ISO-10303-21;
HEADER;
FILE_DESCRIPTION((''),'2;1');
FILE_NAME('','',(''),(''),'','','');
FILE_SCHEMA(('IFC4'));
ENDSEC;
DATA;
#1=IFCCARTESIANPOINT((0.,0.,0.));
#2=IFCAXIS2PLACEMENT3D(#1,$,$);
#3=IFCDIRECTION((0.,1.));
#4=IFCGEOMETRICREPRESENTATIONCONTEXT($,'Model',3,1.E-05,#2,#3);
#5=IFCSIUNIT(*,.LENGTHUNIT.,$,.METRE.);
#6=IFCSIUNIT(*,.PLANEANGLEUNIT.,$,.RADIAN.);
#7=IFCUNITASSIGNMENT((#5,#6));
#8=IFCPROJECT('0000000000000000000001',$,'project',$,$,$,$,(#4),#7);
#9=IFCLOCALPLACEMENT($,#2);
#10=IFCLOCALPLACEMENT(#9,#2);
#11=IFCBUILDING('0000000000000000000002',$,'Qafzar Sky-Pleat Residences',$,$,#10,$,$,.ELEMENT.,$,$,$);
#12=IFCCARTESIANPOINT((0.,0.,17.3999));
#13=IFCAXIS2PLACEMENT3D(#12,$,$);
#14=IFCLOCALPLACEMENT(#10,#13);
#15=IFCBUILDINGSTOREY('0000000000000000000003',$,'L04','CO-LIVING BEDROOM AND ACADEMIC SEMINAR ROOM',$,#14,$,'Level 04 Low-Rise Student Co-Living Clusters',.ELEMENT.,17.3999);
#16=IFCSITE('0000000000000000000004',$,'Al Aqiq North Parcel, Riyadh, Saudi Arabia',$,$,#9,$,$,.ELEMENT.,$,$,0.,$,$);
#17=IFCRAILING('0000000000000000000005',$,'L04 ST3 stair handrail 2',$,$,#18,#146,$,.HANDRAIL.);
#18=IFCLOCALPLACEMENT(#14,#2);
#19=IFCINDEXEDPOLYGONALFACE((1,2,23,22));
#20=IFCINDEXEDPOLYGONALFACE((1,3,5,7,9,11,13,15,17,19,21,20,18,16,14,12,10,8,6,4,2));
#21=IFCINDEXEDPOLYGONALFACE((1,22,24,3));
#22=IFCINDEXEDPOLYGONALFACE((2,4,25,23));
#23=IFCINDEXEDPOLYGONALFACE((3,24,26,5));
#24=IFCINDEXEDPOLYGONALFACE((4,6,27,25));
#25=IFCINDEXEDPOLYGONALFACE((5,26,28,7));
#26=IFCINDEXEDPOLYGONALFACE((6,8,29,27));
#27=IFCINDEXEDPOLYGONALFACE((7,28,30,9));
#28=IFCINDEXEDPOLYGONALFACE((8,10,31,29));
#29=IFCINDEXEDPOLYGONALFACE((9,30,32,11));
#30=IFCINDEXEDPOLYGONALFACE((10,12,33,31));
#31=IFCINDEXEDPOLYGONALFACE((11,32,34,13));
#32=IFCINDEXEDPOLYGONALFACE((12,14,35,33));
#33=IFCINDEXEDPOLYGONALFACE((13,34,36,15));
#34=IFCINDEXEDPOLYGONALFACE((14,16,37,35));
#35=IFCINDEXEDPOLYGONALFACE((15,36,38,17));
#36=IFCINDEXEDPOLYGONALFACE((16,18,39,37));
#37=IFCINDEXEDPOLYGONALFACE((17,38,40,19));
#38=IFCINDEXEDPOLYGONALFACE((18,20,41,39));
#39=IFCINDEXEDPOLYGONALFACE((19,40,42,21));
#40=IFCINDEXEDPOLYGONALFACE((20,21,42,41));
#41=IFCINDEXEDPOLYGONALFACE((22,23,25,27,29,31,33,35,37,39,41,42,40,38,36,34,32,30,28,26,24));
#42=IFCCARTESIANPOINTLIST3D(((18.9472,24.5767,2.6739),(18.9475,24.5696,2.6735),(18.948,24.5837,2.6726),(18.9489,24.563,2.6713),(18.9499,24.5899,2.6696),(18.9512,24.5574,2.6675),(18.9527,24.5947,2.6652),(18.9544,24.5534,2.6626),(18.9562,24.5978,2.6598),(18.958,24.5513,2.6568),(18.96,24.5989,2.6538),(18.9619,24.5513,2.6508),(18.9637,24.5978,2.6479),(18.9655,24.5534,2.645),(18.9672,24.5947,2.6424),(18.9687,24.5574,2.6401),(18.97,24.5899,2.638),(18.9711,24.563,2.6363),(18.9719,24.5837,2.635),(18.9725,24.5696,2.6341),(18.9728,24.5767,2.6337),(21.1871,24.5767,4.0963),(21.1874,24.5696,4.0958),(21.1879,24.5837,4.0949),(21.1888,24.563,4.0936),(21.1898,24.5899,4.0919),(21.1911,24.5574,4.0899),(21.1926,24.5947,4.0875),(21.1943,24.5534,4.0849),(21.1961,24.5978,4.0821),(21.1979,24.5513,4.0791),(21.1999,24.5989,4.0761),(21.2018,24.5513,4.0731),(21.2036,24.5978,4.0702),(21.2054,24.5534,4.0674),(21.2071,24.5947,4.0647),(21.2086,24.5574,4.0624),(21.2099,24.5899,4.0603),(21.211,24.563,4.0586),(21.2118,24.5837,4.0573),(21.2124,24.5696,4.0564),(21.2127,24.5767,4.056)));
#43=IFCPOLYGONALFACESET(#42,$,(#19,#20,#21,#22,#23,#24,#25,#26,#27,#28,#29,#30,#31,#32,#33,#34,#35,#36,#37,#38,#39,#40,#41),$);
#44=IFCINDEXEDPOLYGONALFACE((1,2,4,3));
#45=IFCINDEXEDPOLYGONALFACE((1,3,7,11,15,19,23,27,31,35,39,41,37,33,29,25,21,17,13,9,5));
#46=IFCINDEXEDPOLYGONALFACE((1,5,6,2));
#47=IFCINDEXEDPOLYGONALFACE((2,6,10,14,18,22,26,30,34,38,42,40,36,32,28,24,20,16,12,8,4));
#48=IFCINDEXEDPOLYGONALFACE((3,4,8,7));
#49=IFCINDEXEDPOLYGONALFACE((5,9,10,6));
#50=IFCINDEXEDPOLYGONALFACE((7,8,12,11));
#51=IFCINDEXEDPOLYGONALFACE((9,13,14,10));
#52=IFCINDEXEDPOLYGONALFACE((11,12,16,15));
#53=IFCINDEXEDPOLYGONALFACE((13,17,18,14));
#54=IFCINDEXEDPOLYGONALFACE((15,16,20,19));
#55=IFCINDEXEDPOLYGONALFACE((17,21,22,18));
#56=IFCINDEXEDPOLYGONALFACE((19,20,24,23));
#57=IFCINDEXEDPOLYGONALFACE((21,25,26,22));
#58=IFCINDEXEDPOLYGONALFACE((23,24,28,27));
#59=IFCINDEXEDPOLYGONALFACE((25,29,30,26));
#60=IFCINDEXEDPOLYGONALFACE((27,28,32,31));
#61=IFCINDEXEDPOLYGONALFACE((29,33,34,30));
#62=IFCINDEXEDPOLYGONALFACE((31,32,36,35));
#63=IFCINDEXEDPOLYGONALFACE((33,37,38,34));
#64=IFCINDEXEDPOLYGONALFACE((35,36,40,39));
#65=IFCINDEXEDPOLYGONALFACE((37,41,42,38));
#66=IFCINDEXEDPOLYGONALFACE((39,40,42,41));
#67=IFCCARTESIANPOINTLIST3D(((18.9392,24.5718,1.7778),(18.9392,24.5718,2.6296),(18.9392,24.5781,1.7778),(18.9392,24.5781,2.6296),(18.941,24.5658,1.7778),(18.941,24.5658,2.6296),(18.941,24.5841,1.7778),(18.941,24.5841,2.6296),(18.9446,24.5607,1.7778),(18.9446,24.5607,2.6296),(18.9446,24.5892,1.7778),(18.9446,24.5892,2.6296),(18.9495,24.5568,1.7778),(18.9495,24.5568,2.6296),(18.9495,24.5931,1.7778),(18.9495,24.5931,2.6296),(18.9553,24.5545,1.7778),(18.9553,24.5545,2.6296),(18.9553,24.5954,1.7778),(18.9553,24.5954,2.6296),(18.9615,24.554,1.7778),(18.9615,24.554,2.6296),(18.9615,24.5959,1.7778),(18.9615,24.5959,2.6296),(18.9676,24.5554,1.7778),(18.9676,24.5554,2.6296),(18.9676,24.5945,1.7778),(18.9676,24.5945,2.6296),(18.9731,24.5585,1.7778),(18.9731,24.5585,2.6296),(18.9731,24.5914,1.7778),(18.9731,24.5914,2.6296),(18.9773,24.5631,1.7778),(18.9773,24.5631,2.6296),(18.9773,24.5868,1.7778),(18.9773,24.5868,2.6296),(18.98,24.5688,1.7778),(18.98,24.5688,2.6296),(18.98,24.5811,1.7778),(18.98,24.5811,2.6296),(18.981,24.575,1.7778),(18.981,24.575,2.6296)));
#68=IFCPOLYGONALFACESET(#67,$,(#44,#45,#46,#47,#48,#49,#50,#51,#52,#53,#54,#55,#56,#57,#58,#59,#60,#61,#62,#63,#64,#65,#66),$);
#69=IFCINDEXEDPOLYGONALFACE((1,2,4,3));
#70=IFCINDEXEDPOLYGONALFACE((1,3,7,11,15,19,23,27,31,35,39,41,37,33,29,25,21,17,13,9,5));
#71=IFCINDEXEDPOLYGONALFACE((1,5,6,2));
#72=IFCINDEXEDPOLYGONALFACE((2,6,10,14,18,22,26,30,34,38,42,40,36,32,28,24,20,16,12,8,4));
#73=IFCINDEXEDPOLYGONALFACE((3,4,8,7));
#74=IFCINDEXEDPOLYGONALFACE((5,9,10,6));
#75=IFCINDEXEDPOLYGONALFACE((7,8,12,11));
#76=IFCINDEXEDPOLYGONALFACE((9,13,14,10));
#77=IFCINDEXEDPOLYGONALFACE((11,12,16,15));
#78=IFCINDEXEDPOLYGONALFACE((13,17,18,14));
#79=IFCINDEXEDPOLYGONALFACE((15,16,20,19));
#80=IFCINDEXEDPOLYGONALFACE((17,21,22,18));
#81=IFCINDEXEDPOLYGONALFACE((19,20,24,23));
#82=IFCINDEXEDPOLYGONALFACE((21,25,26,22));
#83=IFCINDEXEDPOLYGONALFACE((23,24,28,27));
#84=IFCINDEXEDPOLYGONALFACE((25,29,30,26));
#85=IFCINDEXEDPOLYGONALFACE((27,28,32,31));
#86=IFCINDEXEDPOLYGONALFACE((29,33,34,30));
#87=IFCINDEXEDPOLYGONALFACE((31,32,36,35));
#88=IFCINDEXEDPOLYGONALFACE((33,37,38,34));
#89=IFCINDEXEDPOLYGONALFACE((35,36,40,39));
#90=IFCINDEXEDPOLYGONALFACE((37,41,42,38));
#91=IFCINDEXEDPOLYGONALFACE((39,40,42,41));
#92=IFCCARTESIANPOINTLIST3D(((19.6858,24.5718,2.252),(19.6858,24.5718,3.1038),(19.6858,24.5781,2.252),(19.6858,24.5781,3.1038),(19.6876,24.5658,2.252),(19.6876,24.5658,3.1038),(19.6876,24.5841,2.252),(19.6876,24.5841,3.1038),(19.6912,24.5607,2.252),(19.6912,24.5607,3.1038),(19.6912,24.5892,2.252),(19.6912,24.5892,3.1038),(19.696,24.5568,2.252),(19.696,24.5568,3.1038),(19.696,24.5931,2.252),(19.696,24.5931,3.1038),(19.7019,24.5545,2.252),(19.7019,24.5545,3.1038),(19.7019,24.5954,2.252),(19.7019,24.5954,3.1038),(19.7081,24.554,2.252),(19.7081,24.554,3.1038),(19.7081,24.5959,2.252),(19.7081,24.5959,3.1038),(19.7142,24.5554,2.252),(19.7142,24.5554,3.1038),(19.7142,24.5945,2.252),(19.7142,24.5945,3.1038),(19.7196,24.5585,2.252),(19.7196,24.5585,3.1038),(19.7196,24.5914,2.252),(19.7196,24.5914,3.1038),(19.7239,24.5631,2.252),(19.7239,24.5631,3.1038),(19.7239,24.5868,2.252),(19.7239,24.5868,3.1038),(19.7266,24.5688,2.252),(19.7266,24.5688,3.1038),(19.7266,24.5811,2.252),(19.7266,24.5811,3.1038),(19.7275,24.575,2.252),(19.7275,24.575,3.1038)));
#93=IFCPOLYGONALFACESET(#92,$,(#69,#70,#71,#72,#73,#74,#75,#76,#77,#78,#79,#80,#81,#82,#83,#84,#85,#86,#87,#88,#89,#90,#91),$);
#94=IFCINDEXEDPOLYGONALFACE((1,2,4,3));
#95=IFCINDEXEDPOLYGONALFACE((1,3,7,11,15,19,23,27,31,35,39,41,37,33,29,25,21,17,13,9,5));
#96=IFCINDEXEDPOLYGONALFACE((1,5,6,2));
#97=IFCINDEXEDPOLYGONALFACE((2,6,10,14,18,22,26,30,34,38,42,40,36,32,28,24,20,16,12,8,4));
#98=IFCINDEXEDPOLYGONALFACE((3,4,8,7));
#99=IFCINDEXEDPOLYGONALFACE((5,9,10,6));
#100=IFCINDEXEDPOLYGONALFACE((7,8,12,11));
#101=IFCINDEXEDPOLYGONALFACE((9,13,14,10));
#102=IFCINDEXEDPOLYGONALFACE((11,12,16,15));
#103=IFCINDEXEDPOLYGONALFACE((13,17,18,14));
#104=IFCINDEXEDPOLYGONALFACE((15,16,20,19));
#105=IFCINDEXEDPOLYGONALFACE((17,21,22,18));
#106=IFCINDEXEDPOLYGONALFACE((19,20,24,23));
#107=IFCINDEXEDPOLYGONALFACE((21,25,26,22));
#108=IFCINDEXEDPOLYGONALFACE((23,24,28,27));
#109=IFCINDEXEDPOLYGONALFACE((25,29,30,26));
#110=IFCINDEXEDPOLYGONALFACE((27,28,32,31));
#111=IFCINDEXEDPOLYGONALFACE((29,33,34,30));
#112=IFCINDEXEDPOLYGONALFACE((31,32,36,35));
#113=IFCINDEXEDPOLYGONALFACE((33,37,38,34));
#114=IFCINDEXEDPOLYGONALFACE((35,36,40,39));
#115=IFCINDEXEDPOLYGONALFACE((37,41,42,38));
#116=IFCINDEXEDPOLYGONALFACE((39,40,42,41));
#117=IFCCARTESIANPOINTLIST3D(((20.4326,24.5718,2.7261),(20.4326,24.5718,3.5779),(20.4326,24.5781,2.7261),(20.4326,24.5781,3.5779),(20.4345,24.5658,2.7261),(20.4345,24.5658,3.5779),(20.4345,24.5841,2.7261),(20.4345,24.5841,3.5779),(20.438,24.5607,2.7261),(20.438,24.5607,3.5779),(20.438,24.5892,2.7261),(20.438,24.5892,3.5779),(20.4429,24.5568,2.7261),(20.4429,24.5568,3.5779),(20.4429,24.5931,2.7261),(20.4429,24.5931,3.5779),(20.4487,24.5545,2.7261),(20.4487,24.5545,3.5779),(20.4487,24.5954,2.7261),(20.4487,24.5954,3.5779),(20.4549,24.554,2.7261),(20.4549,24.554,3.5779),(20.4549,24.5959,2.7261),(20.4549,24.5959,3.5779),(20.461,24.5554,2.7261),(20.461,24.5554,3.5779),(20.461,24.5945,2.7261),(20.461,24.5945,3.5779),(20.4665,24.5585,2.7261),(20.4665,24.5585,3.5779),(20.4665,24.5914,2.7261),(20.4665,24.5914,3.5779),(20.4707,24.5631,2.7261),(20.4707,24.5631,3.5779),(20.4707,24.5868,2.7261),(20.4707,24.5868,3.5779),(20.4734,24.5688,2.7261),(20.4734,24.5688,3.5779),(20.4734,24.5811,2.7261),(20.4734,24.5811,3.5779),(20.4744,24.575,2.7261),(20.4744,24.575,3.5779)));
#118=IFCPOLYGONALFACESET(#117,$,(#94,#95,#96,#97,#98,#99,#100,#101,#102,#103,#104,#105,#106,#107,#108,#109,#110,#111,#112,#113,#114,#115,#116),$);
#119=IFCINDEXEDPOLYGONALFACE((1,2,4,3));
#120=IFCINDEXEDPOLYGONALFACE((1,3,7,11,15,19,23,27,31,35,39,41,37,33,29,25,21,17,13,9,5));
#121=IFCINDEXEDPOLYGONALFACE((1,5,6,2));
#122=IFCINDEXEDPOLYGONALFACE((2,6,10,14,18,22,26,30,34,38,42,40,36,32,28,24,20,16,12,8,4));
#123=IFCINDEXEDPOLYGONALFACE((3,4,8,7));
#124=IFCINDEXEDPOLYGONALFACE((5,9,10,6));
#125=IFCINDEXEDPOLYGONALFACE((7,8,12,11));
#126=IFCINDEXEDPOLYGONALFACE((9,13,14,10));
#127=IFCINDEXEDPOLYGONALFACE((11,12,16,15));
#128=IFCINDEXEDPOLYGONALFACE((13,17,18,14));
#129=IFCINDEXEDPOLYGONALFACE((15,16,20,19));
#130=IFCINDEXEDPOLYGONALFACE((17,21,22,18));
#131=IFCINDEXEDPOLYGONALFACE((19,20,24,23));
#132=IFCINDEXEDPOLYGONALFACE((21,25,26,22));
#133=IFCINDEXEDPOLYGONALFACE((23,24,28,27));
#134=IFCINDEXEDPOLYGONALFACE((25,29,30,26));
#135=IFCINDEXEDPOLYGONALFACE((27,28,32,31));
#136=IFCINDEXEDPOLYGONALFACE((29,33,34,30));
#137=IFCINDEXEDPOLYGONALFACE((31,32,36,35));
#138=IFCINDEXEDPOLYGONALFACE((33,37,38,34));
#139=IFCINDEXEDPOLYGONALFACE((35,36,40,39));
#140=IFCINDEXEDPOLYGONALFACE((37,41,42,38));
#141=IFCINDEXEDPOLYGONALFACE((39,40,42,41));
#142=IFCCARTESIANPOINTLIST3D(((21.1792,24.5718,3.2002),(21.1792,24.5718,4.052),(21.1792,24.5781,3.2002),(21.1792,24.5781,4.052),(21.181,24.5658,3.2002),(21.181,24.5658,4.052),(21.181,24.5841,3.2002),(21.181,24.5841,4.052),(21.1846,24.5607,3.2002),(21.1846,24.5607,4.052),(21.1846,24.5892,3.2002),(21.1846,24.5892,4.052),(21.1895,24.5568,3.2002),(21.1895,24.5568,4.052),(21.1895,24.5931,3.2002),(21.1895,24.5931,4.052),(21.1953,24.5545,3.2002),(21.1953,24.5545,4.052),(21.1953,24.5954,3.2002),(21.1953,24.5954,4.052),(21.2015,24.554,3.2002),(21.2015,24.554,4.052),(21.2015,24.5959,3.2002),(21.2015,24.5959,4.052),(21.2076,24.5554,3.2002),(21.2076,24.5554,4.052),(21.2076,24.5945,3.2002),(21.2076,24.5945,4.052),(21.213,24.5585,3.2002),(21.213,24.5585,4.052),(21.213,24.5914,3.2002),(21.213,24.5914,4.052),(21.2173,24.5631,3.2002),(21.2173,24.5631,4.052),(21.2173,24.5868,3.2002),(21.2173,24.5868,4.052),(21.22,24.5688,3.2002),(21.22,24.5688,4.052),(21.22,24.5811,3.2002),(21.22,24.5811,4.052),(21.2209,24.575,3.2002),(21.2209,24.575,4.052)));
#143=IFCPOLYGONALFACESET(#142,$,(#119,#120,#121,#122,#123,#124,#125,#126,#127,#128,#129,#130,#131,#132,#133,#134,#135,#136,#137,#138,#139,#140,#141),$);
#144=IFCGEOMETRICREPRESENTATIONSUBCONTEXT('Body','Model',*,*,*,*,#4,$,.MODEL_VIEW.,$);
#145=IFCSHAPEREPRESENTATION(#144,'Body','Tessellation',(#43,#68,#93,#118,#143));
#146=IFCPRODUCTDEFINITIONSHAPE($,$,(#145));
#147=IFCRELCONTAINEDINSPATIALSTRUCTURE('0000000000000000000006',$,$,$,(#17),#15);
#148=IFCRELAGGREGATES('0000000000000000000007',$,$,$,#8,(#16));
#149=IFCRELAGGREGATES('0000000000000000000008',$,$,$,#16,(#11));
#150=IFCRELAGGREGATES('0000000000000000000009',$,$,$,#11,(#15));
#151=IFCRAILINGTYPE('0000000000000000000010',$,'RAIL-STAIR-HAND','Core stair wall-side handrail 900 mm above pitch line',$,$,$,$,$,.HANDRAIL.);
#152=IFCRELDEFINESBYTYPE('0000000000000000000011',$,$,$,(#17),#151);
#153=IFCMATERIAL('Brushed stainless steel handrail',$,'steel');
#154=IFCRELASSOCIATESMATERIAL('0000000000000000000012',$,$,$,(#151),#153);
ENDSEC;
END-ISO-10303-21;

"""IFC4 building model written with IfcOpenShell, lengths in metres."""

from ifc_helpers import new_model, si_unit, direction, frame, origin, origin_2d, place, context, subcontext, project, spatial, circle, extrude, source, transform, mapped, material, type_object, element, save


model = new_model("IFC4")

# Units and contexts
model_context = context("Model", 3, precision=1e-05, world=origin(), true_north=direction((0.0, 1.0)))
body_context = subcontext(model_context, "Body", "Model", "MODEL_VIEW")
ifc_project = project(units=[si_unit("LENGTHUNIT", "METRE"), si_unit("PLANEANGLEUNIT", "RADIAN")], contexts=[model_context])

# Site, building, storey
site_placement = place(None, origin())
site = spatial("IfcSite", under=ifc_project, at=site_placement, Name="Al Aqiq North Parcel, Riyadh, Saudi Arabia", CompositionType="ELEMENT", RefElevation=0.0)
building_placement = place(site_placement, origin())
building = spatial("IfcBuilding", under=site, at=building_placement, Name="Qafzar Sky-Pleat Residences", CompositionType="ELEMENT")
storey_placement = place(building_placement, frame((0.0, 0.0, 17.3999)))
storey = spatial("IfcBuildingStorey", under=building, at=storey_placement, Name="L04", Description="CO-LIVING BEDROOM AND ACADEMIC SEMINAR ROOM", LongName="Level 04 Low-Rise Student Co-Living Clusters", CompositionType="ELEMENT", Elevation=17.3999)

# Railing
ifc_material_1 = material(Name="Brushed stainless steel handrail", Category="steel")
railing_type_1 = type_object("IfcRailingType", Name="RAIL-STAIR-HAND", Description="Core stair wall-side handrail 900 mm above pitch line", PredefinedType="HANDRAIL", material=ifc_material_1)
shared_shape_1 = source(origin(), body_context, "Body", "SweptSolid", [
    extrude(circle(Radius=0.0239, at=origin_2d()), frame((0.0, 0.0, 0.876), z_axis=(0.844188, 0.0, 0.536048), x_axis=(0.0, 1.0, 0.0)), (0.0, 0.0, 1.0), 2.6533),
    extrude(circle(Radius=0.021, at=origin_2d()), origin(), (0.0, 0.0, 1.0), 0.8518),
    extrude(circle(Radius=0.021, at=origin_2d()), frame((0.7466, 0.0, 0.4741)), (0.0, 0.0, 1.0), 0.8518),
    extrude(circle(Radius=0.021, at=origin_2d()), frame((1.4934, 0.0, 0.9482)), (0.0, 0.0, 1.0), 0.8518),
    extrude(circle(Radius=0.021, at=origin_2d()), frame((2.24, 0.0, 1.4224)), (0.0, 0.0, 1.0), 0.8518),
])
railing_1_placement = place(storey_placement, frame((18.96, 24.575, 1.7778)))
element("IfcRailing", 1, at=railing_1_placement, inside=storey, type_object=railing_type_1, Name="L04 ST3 stair handrail 2", PredefinedType="HANDRAIL", context=body_context, shape_type="MappedRepresentation", body=[
    mapped(shared_shape_1, transform((0.0, 0.0, 0.0), x_axis=(1.0, 0.0, 0.0), y_axis=(0.0, 1.0, 0.0), z_axis=(0.0, 0.0, 1.0), scale=1.0)),
])

save(model, "model.ifc")
